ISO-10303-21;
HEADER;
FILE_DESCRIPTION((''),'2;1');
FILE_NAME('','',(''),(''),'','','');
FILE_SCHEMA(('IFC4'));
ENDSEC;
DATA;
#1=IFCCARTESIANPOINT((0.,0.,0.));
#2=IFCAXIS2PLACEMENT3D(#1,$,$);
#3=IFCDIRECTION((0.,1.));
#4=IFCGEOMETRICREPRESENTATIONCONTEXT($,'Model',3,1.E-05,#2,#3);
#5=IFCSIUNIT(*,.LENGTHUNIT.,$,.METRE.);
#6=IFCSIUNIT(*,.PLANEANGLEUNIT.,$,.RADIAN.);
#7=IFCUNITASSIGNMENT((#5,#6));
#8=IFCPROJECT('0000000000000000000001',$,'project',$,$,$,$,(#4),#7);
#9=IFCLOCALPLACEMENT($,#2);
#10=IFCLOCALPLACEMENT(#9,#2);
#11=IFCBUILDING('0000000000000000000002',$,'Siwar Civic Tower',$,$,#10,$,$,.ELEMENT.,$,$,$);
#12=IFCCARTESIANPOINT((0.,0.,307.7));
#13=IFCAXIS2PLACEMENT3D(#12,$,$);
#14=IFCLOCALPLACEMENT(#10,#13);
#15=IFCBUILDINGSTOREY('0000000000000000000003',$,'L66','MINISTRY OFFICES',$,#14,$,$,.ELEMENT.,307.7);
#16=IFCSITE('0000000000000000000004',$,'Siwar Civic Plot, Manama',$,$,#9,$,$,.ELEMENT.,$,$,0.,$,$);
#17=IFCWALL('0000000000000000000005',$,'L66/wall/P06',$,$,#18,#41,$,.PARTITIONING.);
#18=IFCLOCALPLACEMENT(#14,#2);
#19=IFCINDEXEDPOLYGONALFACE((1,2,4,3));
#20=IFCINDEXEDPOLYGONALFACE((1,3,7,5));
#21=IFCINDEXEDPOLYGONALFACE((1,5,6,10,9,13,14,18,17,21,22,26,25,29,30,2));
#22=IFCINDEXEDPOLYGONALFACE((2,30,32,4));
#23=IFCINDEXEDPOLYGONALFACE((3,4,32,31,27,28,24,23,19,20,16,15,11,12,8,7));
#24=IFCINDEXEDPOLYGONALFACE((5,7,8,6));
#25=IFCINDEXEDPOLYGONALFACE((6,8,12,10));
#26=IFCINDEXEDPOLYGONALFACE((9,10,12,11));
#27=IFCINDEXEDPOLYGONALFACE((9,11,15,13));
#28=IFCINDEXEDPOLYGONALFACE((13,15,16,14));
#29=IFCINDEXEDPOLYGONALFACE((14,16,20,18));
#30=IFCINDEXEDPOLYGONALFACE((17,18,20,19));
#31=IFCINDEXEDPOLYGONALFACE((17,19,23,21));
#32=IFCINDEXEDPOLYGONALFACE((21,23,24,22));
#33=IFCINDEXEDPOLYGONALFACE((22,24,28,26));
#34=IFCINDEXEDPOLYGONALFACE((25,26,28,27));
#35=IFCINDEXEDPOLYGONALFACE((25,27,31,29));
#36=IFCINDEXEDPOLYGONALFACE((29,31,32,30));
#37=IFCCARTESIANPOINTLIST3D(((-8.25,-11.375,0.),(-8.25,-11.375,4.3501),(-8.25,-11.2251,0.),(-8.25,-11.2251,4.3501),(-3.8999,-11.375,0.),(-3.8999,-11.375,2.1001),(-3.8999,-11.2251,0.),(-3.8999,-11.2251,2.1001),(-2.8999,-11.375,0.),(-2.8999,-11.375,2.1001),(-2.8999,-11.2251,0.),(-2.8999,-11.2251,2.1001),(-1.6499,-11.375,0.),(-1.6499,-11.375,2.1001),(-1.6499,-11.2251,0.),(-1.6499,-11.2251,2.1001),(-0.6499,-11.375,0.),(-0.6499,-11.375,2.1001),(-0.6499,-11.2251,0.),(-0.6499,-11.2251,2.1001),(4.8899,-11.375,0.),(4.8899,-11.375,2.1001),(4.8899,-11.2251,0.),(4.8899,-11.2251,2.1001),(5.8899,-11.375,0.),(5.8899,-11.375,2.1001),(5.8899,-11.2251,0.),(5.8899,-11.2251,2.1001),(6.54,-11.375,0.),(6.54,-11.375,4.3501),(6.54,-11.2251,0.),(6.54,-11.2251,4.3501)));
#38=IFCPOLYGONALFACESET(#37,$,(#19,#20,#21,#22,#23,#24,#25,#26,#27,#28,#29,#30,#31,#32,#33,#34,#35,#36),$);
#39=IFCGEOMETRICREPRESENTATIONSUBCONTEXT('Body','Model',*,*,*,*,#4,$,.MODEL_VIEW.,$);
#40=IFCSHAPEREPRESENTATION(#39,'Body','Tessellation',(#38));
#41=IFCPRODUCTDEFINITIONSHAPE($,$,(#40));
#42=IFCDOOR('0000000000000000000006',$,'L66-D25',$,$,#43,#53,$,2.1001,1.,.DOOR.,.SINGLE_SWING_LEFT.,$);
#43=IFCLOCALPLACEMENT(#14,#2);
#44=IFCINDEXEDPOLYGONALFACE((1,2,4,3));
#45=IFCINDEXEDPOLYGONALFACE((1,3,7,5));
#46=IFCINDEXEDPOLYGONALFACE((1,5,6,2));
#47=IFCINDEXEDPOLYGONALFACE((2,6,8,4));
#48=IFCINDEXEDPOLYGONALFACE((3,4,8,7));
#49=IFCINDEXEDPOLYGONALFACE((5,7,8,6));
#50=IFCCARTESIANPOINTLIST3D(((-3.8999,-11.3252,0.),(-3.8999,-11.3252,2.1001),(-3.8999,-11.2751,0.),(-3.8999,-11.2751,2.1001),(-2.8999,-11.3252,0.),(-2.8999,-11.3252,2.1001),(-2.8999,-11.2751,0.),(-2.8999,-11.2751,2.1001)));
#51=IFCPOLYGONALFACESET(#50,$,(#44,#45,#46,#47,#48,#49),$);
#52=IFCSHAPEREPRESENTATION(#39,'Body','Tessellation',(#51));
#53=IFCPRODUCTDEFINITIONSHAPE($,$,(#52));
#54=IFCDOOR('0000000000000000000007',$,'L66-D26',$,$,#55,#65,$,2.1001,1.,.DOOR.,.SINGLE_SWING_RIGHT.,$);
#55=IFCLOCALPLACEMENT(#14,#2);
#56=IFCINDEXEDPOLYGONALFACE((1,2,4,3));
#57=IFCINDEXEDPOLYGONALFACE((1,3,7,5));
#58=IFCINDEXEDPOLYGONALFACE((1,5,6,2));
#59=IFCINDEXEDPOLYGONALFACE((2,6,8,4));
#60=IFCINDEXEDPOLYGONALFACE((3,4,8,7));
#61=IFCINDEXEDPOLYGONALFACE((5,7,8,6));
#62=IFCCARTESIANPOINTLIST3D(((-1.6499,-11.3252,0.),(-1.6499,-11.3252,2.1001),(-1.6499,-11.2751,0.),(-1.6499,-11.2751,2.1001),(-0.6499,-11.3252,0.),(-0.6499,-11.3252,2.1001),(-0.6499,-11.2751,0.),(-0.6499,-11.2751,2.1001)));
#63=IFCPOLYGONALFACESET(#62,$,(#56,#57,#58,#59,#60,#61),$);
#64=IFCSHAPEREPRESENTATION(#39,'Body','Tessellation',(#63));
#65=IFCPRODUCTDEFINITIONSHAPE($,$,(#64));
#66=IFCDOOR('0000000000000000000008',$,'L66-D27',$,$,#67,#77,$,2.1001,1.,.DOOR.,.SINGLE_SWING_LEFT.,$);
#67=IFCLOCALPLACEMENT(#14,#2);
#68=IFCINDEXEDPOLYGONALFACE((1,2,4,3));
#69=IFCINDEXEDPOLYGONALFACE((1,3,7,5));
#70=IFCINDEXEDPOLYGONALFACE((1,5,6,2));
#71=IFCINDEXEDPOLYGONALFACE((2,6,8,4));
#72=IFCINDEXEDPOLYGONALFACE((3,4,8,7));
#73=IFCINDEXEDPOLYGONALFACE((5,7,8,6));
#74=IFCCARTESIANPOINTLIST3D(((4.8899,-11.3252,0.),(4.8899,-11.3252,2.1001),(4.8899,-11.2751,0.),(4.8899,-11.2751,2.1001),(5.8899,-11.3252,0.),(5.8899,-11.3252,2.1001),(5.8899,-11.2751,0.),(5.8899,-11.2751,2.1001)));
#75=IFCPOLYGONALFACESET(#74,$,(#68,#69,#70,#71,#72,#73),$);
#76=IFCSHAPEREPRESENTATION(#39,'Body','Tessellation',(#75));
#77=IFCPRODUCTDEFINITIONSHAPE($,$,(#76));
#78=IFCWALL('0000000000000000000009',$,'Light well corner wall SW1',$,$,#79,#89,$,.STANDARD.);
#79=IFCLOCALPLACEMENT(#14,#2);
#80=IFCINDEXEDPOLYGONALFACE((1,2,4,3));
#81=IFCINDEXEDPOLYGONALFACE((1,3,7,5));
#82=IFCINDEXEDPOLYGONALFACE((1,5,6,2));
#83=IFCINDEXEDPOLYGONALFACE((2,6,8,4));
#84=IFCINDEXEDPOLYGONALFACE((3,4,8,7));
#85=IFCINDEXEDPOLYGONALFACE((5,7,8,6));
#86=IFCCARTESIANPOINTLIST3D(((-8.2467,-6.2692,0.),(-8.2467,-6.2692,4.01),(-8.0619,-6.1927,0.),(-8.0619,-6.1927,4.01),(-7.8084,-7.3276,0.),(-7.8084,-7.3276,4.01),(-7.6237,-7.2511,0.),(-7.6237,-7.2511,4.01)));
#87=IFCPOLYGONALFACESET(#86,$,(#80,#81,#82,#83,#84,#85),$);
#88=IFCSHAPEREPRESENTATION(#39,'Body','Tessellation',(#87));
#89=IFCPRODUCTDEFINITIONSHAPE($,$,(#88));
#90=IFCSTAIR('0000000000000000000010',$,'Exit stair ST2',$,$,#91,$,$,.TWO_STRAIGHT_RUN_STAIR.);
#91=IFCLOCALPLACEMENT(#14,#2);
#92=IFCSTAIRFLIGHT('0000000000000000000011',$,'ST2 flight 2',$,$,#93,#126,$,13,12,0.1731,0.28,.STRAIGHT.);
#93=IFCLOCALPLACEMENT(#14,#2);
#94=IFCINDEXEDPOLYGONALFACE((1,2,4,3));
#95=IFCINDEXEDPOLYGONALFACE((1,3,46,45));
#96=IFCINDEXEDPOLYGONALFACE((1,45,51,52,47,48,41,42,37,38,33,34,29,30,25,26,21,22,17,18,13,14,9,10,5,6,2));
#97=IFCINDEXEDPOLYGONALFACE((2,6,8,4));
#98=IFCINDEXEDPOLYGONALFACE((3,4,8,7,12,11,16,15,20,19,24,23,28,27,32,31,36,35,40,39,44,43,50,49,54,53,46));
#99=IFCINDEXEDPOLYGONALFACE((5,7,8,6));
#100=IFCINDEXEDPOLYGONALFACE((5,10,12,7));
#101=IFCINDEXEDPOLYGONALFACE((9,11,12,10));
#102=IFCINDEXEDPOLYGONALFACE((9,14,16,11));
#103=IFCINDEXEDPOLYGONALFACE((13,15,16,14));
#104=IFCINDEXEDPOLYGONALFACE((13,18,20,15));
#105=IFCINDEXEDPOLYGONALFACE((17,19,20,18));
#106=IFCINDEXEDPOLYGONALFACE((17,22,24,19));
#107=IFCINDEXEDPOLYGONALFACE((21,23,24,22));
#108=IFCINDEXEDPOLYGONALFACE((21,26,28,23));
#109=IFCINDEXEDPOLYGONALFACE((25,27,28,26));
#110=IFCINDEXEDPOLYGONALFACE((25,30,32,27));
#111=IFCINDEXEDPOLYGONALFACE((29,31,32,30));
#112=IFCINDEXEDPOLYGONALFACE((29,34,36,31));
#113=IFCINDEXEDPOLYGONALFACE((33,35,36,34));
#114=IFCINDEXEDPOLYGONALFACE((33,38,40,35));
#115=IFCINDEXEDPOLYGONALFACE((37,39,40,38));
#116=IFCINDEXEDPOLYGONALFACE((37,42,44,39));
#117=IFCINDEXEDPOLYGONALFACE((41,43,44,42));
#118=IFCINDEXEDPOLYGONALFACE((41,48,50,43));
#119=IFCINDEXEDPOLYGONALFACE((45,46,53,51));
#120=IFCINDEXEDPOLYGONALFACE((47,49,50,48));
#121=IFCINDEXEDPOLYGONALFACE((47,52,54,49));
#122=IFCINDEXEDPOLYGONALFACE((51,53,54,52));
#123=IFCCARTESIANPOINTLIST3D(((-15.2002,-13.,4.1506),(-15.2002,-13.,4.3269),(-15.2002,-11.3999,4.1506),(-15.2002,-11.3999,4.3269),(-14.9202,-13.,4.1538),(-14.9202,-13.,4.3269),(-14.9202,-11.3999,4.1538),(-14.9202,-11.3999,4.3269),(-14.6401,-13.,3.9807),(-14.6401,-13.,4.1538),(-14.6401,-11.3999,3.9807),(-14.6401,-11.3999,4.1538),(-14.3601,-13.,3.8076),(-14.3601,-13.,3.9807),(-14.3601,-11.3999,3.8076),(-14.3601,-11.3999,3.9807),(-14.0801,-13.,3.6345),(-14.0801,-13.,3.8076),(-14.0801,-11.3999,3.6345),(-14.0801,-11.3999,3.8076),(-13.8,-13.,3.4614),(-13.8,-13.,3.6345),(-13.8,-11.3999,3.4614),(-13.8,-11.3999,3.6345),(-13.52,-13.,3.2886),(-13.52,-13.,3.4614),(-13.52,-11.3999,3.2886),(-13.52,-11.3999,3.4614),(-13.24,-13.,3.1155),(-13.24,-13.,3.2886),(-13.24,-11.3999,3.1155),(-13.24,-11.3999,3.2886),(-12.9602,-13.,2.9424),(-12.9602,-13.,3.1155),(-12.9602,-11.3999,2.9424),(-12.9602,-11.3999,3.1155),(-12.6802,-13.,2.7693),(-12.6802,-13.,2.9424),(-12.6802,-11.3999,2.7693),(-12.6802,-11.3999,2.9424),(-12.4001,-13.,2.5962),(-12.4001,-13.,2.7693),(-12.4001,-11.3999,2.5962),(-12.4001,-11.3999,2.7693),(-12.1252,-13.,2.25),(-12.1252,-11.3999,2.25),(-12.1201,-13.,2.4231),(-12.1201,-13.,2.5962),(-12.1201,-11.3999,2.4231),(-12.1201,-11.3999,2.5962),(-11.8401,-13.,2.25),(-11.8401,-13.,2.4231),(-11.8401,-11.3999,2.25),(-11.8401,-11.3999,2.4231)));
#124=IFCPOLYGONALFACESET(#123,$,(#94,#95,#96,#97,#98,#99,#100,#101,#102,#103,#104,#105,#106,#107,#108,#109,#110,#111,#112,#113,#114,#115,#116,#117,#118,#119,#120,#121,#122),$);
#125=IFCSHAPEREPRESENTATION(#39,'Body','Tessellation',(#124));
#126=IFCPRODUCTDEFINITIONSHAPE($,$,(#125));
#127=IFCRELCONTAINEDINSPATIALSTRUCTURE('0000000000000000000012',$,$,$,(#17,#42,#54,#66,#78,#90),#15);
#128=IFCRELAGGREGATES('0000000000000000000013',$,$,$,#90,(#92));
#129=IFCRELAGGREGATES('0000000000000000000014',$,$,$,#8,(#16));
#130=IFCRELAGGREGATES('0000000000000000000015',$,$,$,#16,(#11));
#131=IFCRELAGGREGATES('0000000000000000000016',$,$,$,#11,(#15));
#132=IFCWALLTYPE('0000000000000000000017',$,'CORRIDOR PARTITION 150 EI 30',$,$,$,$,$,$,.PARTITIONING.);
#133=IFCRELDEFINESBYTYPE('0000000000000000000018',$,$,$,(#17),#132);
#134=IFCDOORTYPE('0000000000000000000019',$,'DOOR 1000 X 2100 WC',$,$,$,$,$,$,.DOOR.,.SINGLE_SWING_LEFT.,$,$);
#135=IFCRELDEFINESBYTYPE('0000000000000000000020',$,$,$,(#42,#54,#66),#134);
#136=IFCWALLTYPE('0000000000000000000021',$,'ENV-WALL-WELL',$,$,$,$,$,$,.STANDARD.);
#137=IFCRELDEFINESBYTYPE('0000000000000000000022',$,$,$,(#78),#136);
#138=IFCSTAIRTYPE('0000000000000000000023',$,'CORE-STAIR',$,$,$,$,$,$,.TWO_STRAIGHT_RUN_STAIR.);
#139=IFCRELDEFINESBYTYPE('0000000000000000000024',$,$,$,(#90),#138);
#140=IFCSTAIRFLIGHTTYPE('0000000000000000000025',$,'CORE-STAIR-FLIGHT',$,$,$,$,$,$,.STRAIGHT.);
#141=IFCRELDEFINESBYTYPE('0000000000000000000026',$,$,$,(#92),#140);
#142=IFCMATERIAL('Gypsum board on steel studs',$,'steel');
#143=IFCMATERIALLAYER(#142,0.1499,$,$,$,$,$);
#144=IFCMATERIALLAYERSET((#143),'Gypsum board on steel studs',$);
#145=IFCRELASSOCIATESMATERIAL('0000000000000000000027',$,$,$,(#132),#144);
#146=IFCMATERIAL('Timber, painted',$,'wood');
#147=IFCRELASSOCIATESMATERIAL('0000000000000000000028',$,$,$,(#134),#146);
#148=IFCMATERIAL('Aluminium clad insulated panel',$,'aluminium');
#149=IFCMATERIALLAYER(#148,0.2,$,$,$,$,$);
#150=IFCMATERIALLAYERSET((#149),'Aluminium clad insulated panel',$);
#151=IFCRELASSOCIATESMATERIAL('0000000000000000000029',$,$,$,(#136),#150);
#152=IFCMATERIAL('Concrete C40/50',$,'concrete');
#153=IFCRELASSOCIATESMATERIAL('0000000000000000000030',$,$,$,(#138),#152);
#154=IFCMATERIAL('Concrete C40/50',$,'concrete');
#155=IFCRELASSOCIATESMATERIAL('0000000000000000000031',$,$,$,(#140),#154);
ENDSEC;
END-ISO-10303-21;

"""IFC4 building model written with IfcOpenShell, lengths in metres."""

from ifc_helpers import new_model, si_unit, direction, frame, frame_2d, origin, place, context, subcontext, project, spatial, polyline, rectangle, outline, extrude, material, layer, layer_set, type_object, element, fill, aggregate, save


model = new_model("IFC4")

# Units and contexts
model_context = context("Model", 3, precision=1e-05, world=origin(), true_north=direction((0.0, 1.0)))
body_context = subcontext(model_context, "Body", "Model", "MODEL_VIEW")
ifc_project = project(units=[si_unit("LENGTHUNIT", "METRE"), si_unit("PLANEANGLEUNIT", "RADIAN")], contexts=[model_context])

# Site, building, storey
site_placement = place(None, origin())
site = spatial("IfcSite", under=ifc_project, at=site_placement, Name="Siwar Civic Plot, Manama", CompositionType="ELEMENT", RefElevation=0.0)
building_placement = place(site_placement, origin())
building = spatial("IfcBuilding", under=site, at=building_placement, Name="Siwar Civic Tower", CompositionType="ELEMENT")
storey_placement = place(building_placement, frame((0.0, 0.0, 307.7)))
storey = spatial("IfcBuildingStorey", under=building, at=storey_placement, Name="L66", Description="MINISTRY OFFICES", CompositionType="ELEMENT", Elevation=307.7)

# Wall, openings, doors
ifc_material_1 = material(Name="Gypsum board on steel studs", Category="steel")
ifc_layer_1 = layer(ifc_material_1, 0.1499)
ifc_layer_set_1 = layer_set([ifc_layer_1], Name="Gypsum board on steel studs")
wall_type_1 = type_object("IfcWallType", Name="CORRIDOR PARTITION 150 EI 30", PredefinedType="PARTITIONING", material=ifc_layer_set_1)
wall_1_placement = place(storey_placement, frame((-8.25, -11.3, 0.0), z_axis=(0.0, 0.0, 1.0), x_axis=(1.0, 0.0, 0.0)))
wall_1 = element("IfcWall", 1, at=wall_1_placement, inside=storey, type_object=wall_type_1, Name="L66/wall/P06", PredefinedType="PARTITIONING", context=body_context, shape_type="SweptSolid", body=[
    extrude(rectangle(XDim=14.79, YDim=0.1499, at=frame_2d((7.395, 0.0))), origin(), (0.0, 0.0, 1.0), 4.3501),
])
opening_1_placement = place(wall_1_placement, frame((4.3501, 0.0, 0.0)))
opening_1 = element("IfcOpeningElement", 2, at=opening_1_placement, cuts=wall_1, PredefinedType="OPENING", context=body_context, shape_type="SweptSolid", body=[
    extrude(rectangle(XDim=1.0, YDim=2.1001, at=frame_2d((0.5, 1.05))), frame((0.0, 0.085, 0.0), z_axis=(0.0, -1.0, 0.0), x_axis=(1.0, 0.0, 0.0)), (0.0, 0.0, 1.0), 0.1699),
])
opening_2_placement = place(wall_1_placement, frame((6.6001, 0.0, 0.0)))
opening_2 = element("IfcOpeningElement", 3, at=opening_2_placement, cuts=wall_1, PredefinedType="OPENING", context=body_context, shape_type="SweptSolid", body=[
    extrude(rectangle(XDim=1.0, YDim=2.1001, at=frame_2d((0.5, 1.05))), frame((0.0, 0.085, 0.0), z_axis=(0.0, -1.0, 0.0), x_axis=(1.0, 0.0, 0.0)), (0.0, 0.0, 1.0), 0.1699),
])
opening_3_placement = place(wall_1_placement, frame((13.1399, 0.0, 0.0)))
opening_3 = element("IfcOpeningElement", 4, at=opening_3_placement, cuts=wall_1, PredefinedType="OPENING", context=body_context, shape_type="SweptSolid", body=[
    extrude(rectangle(XDim=1.0, YDim=2.1001, at=frame_2d((0.5, 1.05))), frame((0.0, 0.085, 0.0), z_axis=(0.0, -1.0, 0.0), x_axis=(1.0, 0.0, 0.0)), (0.0, 0.0, 1.0), 0.1699),
])
ifc_material_2 = material(Name="Timber, painted", Category="wood")
door_type_1 = type_object("IfcDoorType", Name="DOOR 1000 X 2100 WC", OperationType="SINGLE_SWING_LEFT", PredefinedType="DOOR", material=ifc_material_2)
door_1_placement = place(opening_1_placement, origin())
door_1 = element("IfcDoor", 5, at=door_1_placement, inside=storey, type_object=door_type_1, Name="L66-D25", OperationType="SINGLE_SWING_LEFT", OverallHeight=2.1001, OverallWidth=1.0, PredefinedType="DOOR", context=body_context, shape_type="SweptSolid", body=[
    extrude(rectangle(XDim=1.0, YDim=2.1001, at=frame_2d((0.5, 1.05))), frame((0.0, 0.0249, 0.0), z_axis=(0.0, -1.0, 0.0), x_axis=(1.0, 0.0, 0.0)), (0.0, 0.0, 1.0), 0.05),
])
fill(opening_1, door_1)
door_2_placement = place(opening_2_placement, origin())
door_2 = element("IfcDoor", 6, at=door_2_placement, inside=storey, type_object=door_type_1, Name="L66-D26", OperationType="SINGLE_SWING_RIGHT", OverallHeight=2.1001, OverallWidth=1.0, PredefinedType="DOOR", context=body_context, shape_type="SweptSolid", body=[
    extrude(rectangle(XDim=1.0, YDim=2.1001, at=frame_2d((0.5, 1.05))), frame((0.0, 0.0249, 0.0), z_axis=(0.0, -1.0, 0.0), x_axis=(1.0, 0.0, 0.0)), (0.0, 0.0, 1.0), 0.05),
])
fill(opening_2, door_2)
door_3_placement = place(opening_3_placement, origin())
door_3 = element("IfcDoor", 7, at=door_3_placement, inside=storey, type_object=door_type_1, Name="L66-D27", OperationType="SINGLE_SWING_LEFT", OverallHeight=2.1001, OverallWidth=1.0, PredefinedType="DOOR", context=body_context, shape_type="SweptSolid", body=[
    extrude(rectangle(XDim=1.0, YDim=2.1001, at=frame_2d((0.5, 1.05))), frame((0.0, 0.0249, 0.0), z_axis=(0.0, -1.0, 0.0), x_axis=(1.0, 0.0, 0.0)), (0.0, 0.0, 1.0), 0.05),
])
fill(opening_3, door_3)

# Wall
ifc_material_3 = material(Name="Aluminium clad insulated panel", Category="aluminium")
ifc_layer_2 = layer(ifc_material_3, 0.2)
ifc_layer_set_2 = layer_set([ifc_layer_2], Name="Aluminium clad insulated panel")
wall_type_2 = type_object("IfcWallType", Name="ENV-WALL-WELL", PredefinedType="STANDARD", material=ifc_layer_set_2)
wall_2_placement = place(storey_placement, frame((-8.1543, -6.231, 0.0), z_axis=(0.0, 0.0, 1.0), x_axis=(0.382571, -0.923926, 0.0)))
element("IfcWall", 8, at=wall_2_placement, inside=storey, type_object=wall_type_2, Name="Light well corner wall SW1", PredefinedType="STANDARD", context=body_context, shape_type="SweptSolid", body=[
    extrude(rectangle(XDim=1.1455, YDim=0.2, at=frame_2d((0.5728, 0.0))), origin(), (0.0, 0.0, 1.0), 4.01),
])

# Stair, stair flight
ifc_material_4 = material(Name="Concrete C40/50", Category="concrete")
stair_type = type_object("IfcStairType", Name="CORE-STAIR", PredefinedType="TWO_STRAIGHT_RUN_STAIR", material=ifc_material_4)
stair_placement = place(storey_placement, origin())
stair = element("IfcStair", 9, at=stair_placement, inside=storey, type_object=stair_type, Name="Exit stair ST2", PredefinedType="TWO_STRAIGHT_RUN_STAIR")
ifc_material_5 = material(Name="Concrete C40/50", Category="concrete")
stair_flight_type = type_object("IfcStairFlightType", Name="CORE-STAIR-FLIGHT", PredefinedType="STRAIGHT", material=ifc_material_5)
stair_flight_placement = place(storey_placement, frame((-11.8401, -12.2, 2.25), z_axis=(0.0, 0.0, 1.0), x_axis=(-1.0, 0.0, 0.0)))
stair_flight = element("IfcStairFlight", 10, at=stair_flight_placement, type_object=stair_flight_type, Name="ST2 flight 2", NumberOfRisers=13, NumberOfTreads=12, PredefinedType="STRAIGHT", RiserHeight=0.1731, TreadLength=0.28, context=body_context, shape_type="SweptSolid", body=[
    extrude(outline(polyline([(0.0, 0.0), (0.0, 0.1731), (0.28, 0.1731), (0.28, 0.3462), (0.5601, 0.3462), (0.5601, 0.5193), (0.8401, 0.5193), (0.8401, 0.6924), (1.1201, 0.6924), (1.1201, 0.8655), (1.3999, 0.8655), (1.3999, 1.0386), (1.6799, 1.0386), (1.6799, 1.2114), (1.96, 1.2114), (1.96, 1.3845), (2.24, 1.3845), (2.24, 1.5576), (2.52, 1.5576), (2.52, 1.7307), (2.8, 1.7307), (2.8, 1.9038), (3.0801, 1.9038), (3.0801, 2.0769), (3.3601, 2.0769), (3.3601, 2.25), (3.3601, 1.9006), (0.2852, 0.0), (0.0, 0.0)])), frame((0.0, 0.8, 0.0), z_axis=(0.0, -1.0, 0.0), x_axis=(1.0, 0.0, 0.0)), (0.0, 0.0, 1.0), 1.6001),
])
aggregate(stair, [stair_flight])

save(model, "model.ifc")
